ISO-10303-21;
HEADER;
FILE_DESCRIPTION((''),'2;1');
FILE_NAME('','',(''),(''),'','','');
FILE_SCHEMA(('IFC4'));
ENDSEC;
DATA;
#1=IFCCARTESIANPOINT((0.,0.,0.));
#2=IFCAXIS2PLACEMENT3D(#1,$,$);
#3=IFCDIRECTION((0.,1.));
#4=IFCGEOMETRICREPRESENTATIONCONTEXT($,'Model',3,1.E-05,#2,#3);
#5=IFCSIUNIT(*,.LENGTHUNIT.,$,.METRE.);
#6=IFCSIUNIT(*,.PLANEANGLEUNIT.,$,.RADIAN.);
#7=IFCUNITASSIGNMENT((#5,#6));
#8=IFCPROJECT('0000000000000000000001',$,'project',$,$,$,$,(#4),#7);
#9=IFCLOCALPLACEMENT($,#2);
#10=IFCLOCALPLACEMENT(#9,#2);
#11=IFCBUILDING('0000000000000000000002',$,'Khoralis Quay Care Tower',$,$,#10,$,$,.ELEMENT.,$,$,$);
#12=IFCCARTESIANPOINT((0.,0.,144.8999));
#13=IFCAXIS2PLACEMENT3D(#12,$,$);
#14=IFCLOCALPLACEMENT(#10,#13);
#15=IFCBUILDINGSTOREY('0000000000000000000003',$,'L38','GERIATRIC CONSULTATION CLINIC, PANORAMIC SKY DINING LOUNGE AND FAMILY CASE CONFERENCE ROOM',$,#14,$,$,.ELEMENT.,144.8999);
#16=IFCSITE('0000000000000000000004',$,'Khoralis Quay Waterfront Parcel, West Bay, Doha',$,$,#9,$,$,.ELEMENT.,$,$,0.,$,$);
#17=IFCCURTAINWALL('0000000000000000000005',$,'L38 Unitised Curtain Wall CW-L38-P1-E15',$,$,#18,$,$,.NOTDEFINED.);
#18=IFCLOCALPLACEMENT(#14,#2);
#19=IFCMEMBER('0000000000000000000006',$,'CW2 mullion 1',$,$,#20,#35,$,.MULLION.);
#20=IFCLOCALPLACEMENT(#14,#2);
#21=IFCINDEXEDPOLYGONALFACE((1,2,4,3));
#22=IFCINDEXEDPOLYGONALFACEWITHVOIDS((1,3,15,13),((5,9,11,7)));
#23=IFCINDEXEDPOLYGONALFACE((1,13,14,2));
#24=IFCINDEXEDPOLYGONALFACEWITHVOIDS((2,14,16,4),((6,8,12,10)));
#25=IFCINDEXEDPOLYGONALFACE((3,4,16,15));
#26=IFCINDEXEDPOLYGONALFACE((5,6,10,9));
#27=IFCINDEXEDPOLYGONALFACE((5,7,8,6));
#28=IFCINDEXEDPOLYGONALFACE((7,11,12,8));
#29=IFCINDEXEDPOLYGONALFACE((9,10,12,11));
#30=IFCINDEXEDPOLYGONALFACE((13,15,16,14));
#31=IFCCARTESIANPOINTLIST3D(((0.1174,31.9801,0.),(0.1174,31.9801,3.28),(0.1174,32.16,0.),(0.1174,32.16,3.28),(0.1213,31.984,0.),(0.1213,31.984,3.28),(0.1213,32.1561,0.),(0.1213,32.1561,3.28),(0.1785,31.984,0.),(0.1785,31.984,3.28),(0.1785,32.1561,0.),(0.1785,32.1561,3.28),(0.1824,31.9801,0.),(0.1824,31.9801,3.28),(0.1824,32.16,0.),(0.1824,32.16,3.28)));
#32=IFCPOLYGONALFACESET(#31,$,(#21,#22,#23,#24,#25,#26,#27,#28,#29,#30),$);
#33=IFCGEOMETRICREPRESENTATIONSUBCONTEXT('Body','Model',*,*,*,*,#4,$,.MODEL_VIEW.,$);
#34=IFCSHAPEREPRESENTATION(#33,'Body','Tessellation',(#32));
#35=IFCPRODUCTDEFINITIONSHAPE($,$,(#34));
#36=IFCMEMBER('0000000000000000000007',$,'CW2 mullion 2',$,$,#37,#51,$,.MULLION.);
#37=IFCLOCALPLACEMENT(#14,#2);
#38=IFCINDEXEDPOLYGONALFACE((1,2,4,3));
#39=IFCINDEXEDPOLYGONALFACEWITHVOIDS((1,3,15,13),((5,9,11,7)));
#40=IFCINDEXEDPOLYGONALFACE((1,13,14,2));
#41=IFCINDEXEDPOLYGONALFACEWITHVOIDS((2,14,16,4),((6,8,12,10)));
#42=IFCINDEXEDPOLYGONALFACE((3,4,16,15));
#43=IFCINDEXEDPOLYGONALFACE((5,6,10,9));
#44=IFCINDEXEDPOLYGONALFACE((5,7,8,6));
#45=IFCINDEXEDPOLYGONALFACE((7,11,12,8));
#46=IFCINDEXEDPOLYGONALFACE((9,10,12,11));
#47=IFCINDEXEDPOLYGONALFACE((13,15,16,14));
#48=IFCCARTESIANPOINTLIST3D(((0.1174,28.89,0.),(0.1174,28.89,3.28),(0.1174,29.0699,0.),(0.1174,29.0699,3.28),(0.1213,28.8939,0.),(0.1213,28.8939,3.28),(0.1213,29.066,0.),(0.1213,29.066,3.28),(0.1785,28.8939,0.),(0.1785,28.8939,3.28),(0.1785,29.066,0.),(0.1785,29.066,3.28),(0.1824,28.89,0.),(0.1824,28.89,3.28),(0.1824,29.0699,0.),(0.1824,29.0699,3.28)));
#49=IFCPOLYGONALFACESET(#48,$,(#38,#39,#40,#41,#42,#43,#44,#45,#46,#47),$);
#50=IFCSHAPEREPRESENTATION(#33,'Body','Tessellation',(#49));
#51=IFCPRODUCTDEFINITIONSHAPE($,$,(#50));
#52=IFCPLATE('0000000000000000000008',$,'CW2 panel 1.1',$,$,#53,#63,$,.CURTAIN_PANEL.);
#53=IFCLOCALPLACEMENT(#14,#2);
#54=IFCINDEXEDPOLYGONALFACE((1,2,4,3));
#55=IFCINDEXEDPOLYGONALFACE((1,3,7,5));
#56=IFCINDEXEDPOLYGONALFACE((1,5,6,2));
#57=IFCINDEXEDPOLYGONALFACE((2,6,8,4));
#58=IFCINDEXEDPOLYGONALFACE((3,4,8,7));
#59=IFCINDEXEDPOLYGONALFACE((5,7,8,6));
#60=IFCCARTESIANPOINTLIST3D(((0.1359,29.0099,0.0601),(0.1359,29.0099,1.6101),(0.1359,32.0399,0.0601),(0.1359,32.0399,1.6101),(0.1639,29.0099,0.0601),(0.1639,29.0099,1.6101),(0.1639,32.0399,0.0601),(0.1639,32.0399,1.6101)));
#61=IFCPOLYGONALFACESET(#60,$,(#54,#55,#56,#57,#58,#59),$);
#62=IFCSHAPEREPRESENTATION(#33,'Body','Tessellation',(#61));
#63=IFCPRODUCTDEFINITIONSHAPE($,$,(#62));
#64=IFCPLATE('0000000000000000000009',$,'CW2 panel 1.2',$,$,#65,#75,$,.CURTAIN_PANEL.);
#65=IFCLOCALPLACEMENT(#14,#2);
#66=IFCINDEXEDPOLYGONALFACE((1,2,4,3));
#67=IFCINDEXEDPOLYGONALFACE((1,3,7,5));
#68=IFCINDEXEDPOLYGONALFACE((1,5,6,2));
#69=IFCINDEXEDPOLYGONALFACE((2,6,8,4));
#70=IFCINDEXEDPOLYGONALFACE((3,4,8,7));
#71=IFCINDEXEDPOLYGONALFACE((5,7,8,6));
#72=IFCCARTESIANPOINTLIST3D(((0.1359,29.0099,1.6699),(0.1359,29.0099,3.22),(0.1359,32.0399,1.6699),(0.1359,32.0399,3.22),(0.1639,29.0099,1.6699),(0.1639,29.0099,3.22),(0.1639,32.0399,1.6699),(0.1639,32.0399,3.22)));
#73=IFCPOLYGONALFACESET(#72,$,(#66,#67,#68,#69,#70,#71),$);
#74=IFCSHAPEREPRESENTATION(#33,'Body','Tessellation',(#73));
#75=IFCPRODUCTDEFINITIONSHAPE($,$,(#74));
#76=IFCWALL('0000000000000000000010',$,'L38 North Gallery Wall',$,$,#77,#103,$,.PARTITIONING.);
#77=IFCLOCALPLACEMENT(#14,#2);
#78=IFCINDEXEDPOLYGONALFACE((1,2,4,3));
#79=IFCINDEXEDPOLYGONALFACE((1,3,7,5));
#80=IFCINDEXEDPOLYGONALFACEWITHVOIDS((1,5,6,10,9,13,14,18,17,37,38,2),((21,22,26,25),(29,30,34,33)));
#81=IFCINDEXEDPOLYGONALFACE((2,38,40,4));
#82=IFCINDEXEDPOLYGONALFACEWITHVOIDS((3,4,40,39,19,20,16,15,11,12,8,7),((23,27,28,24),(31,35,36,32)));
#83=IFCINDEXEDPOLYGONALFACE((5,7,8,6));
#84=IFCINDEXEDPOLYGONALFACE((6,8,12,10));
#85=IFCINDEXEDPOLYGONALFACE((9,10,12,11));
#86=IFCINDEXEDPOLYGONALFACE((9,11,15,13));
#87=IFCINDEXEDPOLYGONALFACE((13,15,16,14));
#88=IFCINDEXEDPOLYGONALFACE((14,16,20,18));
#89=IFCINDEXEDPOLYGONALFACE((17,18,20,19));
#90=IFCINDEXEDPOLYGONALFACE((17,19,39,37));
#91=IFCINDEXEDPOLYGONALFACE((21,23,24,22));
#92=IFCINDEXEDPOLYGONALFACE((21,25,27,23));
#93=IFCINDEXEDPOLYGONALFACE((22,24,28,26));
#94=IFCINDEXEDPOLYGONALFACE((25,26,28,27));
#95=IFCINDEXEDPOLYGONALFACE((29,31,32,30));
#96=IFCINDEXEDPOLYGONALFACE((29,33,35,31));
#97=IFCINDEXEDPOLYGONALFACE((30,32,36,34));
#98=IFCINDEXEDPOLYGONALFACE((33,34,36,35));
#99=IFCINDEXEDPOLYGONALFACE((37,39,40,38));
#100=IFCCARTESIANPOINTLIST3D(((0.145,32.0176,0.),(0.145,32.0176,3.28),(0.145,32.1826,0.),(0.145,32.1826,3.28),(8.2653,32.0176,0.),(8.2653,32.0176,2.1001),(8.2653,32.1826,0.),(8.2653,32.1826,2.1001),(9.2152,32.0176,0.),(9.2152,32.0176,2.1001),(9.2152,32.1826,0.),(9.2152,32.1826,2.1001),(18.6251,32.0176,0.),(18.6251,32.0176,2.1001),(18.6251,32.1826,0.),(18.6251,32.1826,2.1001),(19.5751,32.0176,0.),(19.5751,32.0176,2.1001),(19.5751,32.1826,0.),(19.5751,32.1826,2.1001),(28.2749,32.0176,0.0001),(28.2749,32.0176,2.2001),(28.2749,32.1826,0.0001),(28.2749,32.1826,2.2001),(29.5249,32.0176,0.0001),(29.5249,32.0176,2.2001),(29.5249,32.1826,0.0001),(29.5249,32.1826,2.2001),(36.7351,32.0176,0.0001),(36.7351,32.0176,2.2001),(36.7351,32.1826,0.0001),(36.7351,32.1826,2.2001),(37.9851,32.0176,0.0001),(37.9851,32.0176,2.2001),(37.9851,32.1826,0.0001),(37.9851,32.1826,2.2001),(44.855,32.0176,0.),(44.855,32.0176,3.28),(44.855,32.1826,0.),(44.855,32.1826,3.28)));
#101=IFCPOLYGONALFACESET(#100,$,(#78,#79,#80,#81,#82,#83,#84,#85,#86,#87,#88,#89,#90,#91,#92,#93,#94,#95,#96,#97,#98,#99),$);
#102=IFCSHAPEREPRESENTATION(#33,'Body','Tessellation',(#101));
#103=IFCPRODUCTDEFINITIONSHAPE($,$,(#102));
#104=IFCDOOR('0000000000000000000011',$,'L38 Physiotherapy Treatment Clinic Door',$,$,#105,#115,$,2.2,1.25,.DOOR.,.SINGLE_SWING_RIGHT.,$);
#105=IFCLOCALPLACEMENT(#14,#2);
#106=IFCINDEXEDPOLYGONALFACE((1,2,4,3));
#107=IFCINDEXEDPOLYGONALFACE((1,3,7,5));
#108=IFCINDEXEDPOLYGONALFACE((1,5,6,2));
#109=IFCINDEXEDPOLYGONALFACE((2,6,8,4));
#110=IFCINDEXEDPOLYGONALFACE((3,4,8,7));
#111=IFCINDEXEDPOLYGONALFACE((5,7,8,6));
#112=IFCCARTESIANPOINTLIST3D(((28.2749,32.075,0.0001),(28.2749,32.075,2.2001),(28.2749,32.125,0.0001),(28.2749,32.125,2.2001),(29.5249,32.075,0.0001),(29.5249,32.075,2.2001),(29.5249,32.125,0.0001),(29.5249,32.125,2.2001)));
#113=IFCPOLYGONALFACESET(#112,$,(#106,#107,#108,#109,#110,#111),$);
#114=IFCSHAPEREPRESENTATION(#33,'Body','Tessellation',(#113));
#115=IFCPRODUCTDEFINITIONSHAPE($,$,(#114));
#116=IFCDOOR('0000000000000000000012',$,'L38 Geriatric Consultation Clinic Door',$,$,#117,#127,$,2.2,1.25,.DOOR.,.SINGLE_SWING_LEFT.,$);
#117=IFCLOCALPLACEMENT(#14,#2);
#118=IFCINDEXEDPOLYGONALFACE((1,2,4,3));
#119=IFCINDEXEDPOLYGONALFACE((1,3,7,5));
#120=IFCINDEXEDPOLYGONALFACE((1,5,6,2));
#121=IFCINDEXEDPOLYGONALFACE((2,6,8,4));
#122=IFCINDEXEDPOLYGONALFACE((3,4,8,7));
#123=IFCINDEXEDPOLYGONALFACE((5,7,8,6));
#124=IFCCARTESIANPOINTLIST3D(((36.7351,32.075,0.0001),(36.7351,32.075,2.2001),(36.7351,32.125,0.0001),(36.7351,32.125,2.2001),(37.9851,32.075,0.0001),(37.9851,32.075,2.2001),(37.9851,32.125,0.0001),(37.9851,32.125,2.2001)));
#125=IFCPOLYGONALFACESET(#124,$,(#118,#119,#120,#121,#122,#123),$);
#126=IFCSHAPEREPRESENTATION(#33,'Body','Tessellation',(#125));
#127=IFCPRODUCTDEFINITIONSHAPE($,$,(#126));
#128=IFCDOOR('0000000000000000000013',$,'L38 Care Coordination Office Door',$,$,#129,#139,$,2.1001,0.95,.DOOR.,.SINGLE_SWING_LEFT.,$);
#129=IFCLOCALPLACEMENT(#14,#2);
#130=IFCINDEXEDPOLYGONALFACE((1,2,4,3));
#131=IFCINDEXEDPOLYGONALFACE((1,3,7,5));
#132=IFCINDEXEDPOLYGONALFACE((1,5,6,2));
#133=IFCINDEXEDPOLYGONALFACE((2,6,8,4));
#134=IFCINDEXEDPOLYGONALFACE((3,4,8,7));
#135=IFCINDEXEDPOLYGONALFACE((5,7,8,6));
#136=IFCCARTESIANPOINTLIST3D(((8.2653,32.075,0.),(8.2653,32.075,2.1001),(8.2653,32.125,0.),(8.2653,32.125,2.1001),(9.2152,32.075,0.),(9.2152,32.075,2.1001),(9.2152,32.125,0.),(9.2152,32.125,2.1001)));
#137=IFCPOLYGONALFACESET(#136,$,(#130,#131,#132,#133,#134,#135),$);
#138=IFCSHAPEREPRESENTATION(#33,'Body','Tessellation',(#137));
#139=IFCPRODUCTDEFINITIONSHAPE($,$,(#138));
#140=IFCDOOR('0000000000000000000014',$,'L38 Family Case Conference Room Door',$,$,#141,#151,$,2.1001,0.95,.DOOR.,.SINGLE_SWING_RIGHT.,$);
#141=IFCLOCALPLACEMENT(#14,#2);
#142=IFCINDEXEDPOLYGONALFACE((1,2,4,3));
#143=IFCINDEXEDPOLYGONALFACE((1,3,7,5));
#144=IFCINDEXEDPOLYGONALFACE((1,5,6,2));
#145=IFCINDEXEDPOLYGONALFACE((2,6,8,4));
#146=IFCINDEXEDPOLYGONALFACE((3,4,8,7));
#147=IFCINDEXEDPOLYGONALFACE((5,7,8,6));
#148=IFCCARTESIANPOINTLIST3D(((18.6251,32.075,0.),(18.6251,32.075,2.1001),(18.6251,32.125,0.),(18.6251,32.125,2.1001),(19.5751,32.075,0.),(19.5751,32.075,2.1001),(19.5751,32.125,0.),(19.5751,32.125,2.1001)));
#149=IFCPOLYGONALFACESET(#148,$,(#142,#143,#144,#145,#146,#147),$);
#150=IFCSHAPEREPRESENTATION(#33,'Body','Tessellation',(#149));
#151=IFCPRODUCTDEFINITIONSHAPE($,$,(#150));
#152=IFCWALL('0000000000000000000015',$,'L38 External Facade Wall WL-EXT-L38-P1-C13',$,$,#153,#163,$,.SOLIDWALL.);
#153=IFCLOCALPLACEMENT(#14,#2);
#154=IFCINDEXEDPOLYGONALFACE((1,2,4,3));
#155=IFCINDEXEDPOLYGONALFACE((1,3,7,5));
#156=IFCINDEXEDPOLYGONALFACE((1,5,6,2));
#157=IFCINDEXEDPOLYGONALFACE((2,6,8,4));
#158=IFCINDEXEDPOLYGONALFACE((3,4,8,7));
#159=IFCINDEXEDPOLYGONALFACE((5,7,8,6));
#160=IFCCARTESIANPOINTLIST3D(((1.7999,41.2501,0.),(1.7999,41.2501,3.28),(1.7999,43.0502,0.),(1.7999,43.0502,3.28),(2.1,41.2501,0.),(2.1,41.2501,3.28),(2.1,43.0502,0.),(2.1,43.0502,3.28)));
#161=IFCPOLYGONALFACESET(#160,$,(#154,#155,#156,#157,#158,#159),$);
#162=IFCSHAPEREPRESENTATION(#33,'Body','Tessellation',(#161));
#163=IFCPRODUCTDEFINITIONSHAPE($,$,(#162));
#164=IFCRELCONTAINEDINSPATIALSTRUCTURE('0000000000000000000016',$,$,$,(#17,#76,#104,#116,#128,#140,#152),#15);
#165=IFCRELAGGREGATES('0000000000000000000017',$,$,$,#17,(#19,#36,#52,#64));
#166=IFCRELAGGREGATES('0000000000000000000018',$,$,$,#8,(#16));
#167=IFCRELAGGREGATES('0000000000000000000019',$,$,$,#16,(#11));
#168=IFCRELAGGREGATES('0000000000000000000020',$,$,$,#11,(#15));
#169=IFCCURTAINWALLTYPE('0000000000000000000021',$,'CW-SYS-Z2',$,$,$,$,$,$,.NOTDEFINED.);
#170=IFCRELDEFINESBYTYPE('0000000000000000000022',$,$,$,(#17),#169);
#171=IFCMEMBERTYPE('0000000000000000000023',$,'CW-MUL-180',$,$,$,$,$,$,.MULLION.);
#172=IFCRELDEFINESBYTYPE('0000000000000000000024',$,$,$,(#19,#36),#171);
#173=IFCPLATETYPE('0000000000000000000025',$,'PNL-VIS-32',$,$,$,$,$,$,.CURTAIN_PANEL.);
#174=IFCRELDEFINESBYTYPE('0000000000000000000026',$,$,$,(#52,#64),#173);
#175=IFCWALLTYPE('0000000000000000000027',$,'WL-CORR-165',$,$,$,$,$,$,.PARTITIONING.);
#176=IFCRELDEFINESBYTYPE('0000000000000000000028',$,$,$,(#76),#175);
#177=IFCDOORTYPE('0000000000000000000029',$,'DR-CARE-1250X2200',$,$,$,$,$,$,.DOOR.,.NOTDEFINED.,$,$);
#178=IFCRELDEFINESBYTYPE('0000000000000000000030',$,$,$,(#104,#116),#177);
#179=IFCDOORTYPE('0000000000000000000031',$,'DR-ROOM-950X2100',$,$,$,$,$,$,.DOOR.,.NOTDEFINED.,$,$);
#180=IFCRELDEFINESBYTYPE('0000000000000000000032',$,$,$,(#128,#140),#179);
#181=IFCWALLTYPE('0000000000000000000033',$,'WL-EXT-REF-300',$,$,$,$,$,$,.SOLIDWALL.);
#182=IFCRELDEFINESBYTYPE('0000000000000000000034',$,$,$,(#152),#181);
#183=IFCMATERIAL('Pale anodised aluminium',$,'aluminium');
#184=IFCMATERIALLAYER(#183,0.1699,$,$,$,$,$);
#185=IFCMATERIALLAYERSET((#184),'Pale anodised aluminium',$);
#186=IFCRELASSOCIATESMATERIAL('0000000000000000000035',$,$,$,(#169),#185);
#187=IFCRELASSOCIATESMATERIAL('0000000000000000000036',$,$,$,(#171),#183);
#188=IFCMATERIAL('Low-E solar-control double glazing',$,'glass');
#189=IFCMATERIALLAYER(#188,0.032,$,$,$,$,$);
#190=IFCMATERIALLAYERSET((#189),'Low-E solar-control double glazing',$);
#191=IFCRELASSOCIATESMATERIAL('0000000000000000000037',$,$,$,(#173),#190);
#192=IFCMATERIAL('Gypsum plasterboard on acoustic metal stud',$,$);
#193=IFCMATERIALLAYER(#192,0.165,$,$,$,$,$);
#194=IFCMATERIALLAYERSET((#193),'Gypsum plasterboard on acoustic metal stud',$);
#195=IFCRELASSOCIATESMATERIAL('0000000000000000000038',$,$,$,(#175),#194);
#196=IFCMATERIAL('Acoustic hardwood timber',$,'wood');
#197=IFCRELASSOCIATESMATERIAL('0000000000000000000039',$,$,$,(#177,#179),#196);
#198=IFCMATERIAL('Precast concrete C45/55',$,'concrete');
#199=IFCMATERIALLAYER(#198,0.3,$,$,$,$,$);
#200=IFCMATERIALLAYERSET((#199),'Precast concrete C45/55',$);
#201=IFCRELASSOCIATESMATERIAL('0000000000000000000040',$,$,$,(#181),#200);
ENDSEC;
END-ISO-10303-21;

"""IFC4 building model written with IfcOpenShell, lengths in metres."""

from ifc_helpers import new_model, si_unit, direction, frame, frame_2d, origin, origin_2d, place, context, subcontext, project, spatial, rectangle, hollow_rectangle, extrude, source, transform, mapped, material, layer, layer_set, material_profile, profile_set, type_object, element, fill, aggregate, save


model = new_model("IFC4")

# Units and contexts
model_context = context("Model", 3, precision=1e-05, world=origin(), true_north=direction((0.0, 1.0)))
body_context = subcontext(model_context, "Body", "Model", "MODEL_VIEW")
ifc_project = project(units=[si_unit("LENGTHUNIT", "METRE"), si_unit("PLANEANGLEUNIT", "RADIAN")], contexts=[model_context])

# Site, building, storey
site_placement = place(None, origin())
site = spatial("IfcSite", under=ifc_project, at=site_placement, Name="Khoralis Quay Waterfront Parcel, West Bay, Doha", CompositionType="ELEMENT", RefElevation=0.0)
building_placement = place(site_placement, origin())
building = spatial("IfcBuilding", under=site, at=building_placement, Name="Khoralis Quay Care Tower", CompositionType="ELEMENT")
storey_placement = place(building_placement, frame((0.0, 0.0, 144.8999)))
storey = spatial("IfcBuildingStorey", under=building, at=storey_placement, Name="L38", Description="GERIATRIC CONSULTATION CLINIC, PANORAMIC SKY DINING LOUNGE AND FAMILY CASE CONFERENCE ROOM", CompositionType="ELEMENT", Elevation=144.8999)

# Curtain wall, members, plates
ifc_material_1 = material(Name="Pale anodised aluminium", Category="aluminium")
ifc_layer_1 = layer(ifc_material_1, 0.1699)
ifc_layer_set_1 = layer_set([ifc_layer_1], Name="Pale anodised aluminium")
curtain_wall_type = type_object("IfcCurtainWallType", Name="CW-SYS-Z2", PredefinedType="NOTDEFINED", material=ifc_layer_set_1)
curtain_wall_placement = place(storey_placement, origin())
curtain_wall = element("IfcCurtainWall", 1, at=curtain_wall_placement, inside=storey, type_object=curtain_wall_type, Name="L38 Unitised Curtain Wall CW-L38-P1-E15", PredefinedType="NOTDEFINED")
ifc_material_profile_1 = material_profile(ifc_material_1, hollow_rectangle(XDim=0.0649, YDim=0.1799, WallThickness=0.0039, at=origin_2d()), Name="Pale anodised aluminium")
ifc_profile_set_1 = profile_set([ifc_material_profile_1], Name="Pale anodised aluminium")
member_type_1 = type_object("IfcMemberType", Name="CW-MUL-180", PredefinedType="MULLION", material=ifc_profile_set_1)
shared_shape_1 = source(origin(), body_context, "Body", "SweptSolid", [
    extrude(hollow_rectangle(XDim=0.0649, YDim=0.1799, WallThickness=0.0039, at=origin_2d()), origin(), (0.0, 0.0, 1.0), 3.28),
])
member_1_placement = place(storey_placement, frame((0.1499, 32.0701, 0.0), z_axis=(0.0, 0.0, 1.0), x_axis=(1.0, 0.0, 0.0)))
member_1 = element("IfcMember", 2, at=member_1_placement, type_object=member_type_1, Name="CW2 mullion 1", PredefinedType="MULLION", context=body_context, shape_type="MappedRepresentation", body=[
    mapped(shared_shape_1, transform((0.0, 0.0, 0.0), scale=1.0)),
])
member_2_placement = place(storey_placement, frame((0.1499, 28.98, 0.0), z_axis=(0.0, 0.0, 1.0), x_axis=(1.0, 0.0, 0.0)))
member_2 = element("IfcMember", 3, at=member_2_placement, type_object=member_type_1, Name="CW2 mullion 2", PredefinedType="MULLION", context=body_context, shape_type="MappedRepresentation", body=[
    mapped(shared_shape_1, transform((0.0, 0.0, 0.0), scale=1.0)),
])
ifc_material_2 = material(Name="Low-E solar-control double glazing", Category="glass")
ifc_layer_2 = layer(ifc_material_2, 0.032)
ifc_layer_set_2 = layer_set([ifc_layer_2], Name="Low-E solar-control double glazing")
plate_type = type_object("IfcPlateType", Name="PNL-VIS-32", PredefinedType="CURTAIN_PANEL", material=ifc_layer_set_2)
shared_shape_2 = source(origin(), body_context, "Body", "SweptSolid", [
    extrude(rectangle(XDim=3.03, YDim=0.0281, at=origin_2d()), origin(), (0.0, 0.0, 1.0), 1.55),
])
plate_1_placement = place(storey_placement, frame((0.1499, 30.5249, 0.0601), z_axis=(0.0, 0.0, 1.0), x_axis=(0.0, -1.0, 0.0)))
plate_1 = element("IfcPlate", 4, at=plate_1_placement, type_object=plate_type, Name="CW2 panel 1.1", PredefinedType="CURTAIN_PANEL", context=body_context, shape_type="MappedRepresentation", body=[
    mapped(shared_shape_2, transform((0.0, 0.0, 0.0), scale=1.0)),
])
plate_2_placement = place(storey_placement, frame((0.1499, 30.5249, 1.6699), z_axis=(0.0, 0.0, 1.0), x_axis=(0.0, -1.0, 0.0)))
plate_2 = element("IfcPlate", 5, at=plate_2_placement, type_object=plate_type, Name="CW2 panel 1.2", PredefinedType="CURTAIN_PANEL", context=body_context, shape_type="MappedRepresentation", body=[
    mapped(shared_shape_2, transform((0.0, 0.0, 0.0), scale=1.0)),
])
aggregate(curtain_wall, [member_1, member_2, plate_1, plate_2])

# Wall, openings, doors
ifc_material_3 = material(Name="Gypsum plasterboard on acoustic metal stud")
ifc_layer_3 = layer(ifc_material_3, 0.165)
ifc_layer_set_3 = layer_set([ifc_layer_3], Name="Gypsum plasterboard on acoustic metal stud")
wall_type_1 = type_object("IfcWallType", Name="WL-CORR-165", PredefinedType="PARTITIONING", material=ifc_layer_set_3)
wall_1_placement = place(storey_placement, frame((0.145, 32.1001, 0.0), z_axis=(0.0, 0.0, 1.0), x_axis=(1.0, 0.0, 0.0)))
wall_1 = element("IfcWall", 6, at=wall_1_placement, inside=storey, type_object=wall_type_1, Name="L38 North Gallery Wall", PredefinedType="PARTITIONING", context=body_context, shape_type="SweptSolid", body=[
    extrude(rectangle(XDim=44.71, YDim=0.165, at=frame_2d((22.355, 0.0))), origin(), (0.0, 0.0, 1.0), 3.28),
])
opening_1_placement = place(wall_1_placement, frame((8.1201, 0.0, 0.0)))
opening_1 = element("IfcOpeningElement", 7, at=opening_1_placement, cuts=wall_1, PredefinedType="OPENING", context=body_context, shape_type="SweptSolid", body=[
    extrude(rectangle(XDim=0.95, YDim=2.1001, at=frame_2d((0.4751, 1.05))), frame((0.0, 0.0925, 0.0), z_axis=(0.0, -1.0, 0.0), x_axis=(1.0, 0.0, 0.0)), (0.0, 0.0, 1.0), 0.1851),
])
opening_2_placement = place(wall_1_placement, frame((18.48, 0.0, 0.0)))
opening_2 = element("IfcOpeningElement", 8, at=opening_2_placement, cuts=wall_1, PredefinedType="OPENING", context=body_context, shape_type="SweptSolid", body=[
    extrude(rectangle(XDim=0.95, YDim=2.1001, at=frame_2d((0.4751, 1.05))), frame((0.0, 0.0925, 0.0), z_axis=(0.0, -1.0, 0.0), x_axis=(1.0, 0.0, 0.0)), (0.0, 0.0, 1.0), 0.1851),
])
opening_3_placement = place(wall_1_placement, frame((28.1299, 0.0, 0.0)))
opening_3 = element("IfcOpeningElement", 9, at=opening_3_placement, cuts=wall_1, PredefinedType="OPENING", context=body_context, shape_type="SweptSolid", body=[
    extrude(rectangle(XDim=1.25, YDim=2.2, at=frame_2d((0.625, 1.1001))), frame((0.0, 0.0925, 0.0), z_axis=(0.0, -1.0, 0.0), x_axis=(1.0, 0.0, 0.0)), (0.0, 0.0, 1.0), 0.1851),
])
opening_4_placement = place(wall_1_placement, frame((36.5901, 0.0, 0.0)))
opening_4 = element("IfcOpeningElement", 10, at=opening_4_placement, cuts=wall_1, PredefinedType="OPENING", context=body_context, shape_type="SweptSolid", body=[
    extrude(rectangle(XDim=1.25, YDim=2.2, at=frame_2d((0.625, 1.1001))), frame((0.0, 0.0925, 0.0), z_axis=(0.0, -1.0, 0.0), x_axis=(1.0, 0.0, 0.0)), (0.0, 0.0, 1.0), 0.1851),
])
ifc_material_4 = material(Name="Acoustic hardwood timber", Category="wood")
door_type_1 = type_object("IfcDoorType", Name="DR-CARE-1250X2200", OperationType="NOTDEFINED", PredefinedType="DOOR", material=ifc_material_4)
shared_shape_3 = source(origin(), body_context, "Body", "SweptSolid", [
    extrude(rectangle(XDim=1.25, YDim=2.2, at=frame_2d((0.625, 1.1001))), frame((0.0, 0.0249, 0.0), z_axis=(0.0, -1.0, 0.0), x_axis=(1.0, 0.0, 0.0)), (0.0, 0.0, 1.0), 0.05),
])
door_1_placement = place(opening_3_placement, origin())
door_1 = element("IfcDoor", 11, at=door_1_placement, inside=storey, type_object=door_type_1, Name="L38 Physiotherapy Treatment Clinic Door", OperationType="SINGLE_SWING_RIGHT", OverallHeight=2.2, OverallWidth=1.25, PredefinedType="DOOR", context=body_context, shape_type="MappedRepresentation", body=[
    mapped(shared_shape_3, transform((0.0, 0.0, 0.0), scale=1.0)),
])
fill(opening_3, door_1)
door_2_placement = place(opening_4_placement, origin())
door_2 = element("IfcDoor", 12, at=door_2_placement, inside=storey, type_object=door_type_1, Name="L38 Geriatric Consultation Clinic Door", OperationType="SINGLE_SWING_LEFT", OverallHeight=2.2, OverallWidth=1.25, PredefinedType="DOOR", context=body_context, shape_type="MappedRepresentation", body=[
    mapped(shared_shape_3, transform((0.0, 0.0, 0.0), scale=1.0)),
])
fill(opening_4, door_2)
door_type_2 = type_object("IfcDoorType", Name="DR-ROOM-950X2100", OperationType="NOTDEFINED", PredefinedType="DOOR", material=ifc_material_4)
shared_shape_4 = source(origin(), body_context, "Body", "SweptSolid", [
    extrude(rectangle(XDim=0.95, YDim=2.1001, at=frame_2d((0.4751, 1.05))), frame((0.0, 0.0249, 0.0), z_axis=(0.0, -1.0, 0.0), x_axis=(1.0, 0.0, 0.0)), (0.0, 0.0, 1.0), 0.05),
])
door_3_placement = place(opening_1_placement, origin())
door_3 = element("IfcDoor", 13, at=door_3_placement, inside=storey, type_object=door_type_2, Name="L38 Care Coordination Office Door", OperationType="SINGLE_SWING_LEFT", OverallHeight=2.1001, OverallWidth=0.95, PredefinedType="DOOR", context=body_context, shape_type="MappedRepresentation", body=[
    mapped(shared_shape_4, transform((0.0, 0.0, 0.0), scale=1.0)),
])
fill(opening_1, door_3)
door_4_placement = place(opening_2_placement, origin())
door_4 = element("IfcDoor", 14, at=door_4_placement, inside=storey, type_object=door_type_2, Name="L38 Family Case Conference Room Door", OperationType="SINGLE_SWING_RIGHT", OverallHeight=2.1001, OverallWidth=0.95, PredefinedType="DOOR", context=body_context, shape_type="MappedRepresentation", body=[
    mapped(shared_shape_4, transform((0.0, 0.0, 0.0), scale=1.0)),
])
fill(opening_2, door_4)

# Wall
ifc_material_5 = material(Name="Precast concrete C45/55", Category="concrete")
ifc_layer_4 = layer(ifc_material_5, 0.3)
ifc_layer_set_4 = layer_set([ifc_layer_4], Name="Precast concrete C45/55")
wall_type_2 = type_object("IfcWallType", Name="WL-EXT-REF-300", PredefinedType="SOLIDWALL", material=ifc_layer_set_4)
for number, where, z_axis, x_axis, name in (
    (15, (1.95, 43.05, 0.0), (0.0, 0.0, 1.0), (0.0, -1.0, 0.0), "L38 External Facade Wall WL-EXT-L38-P1-C13"),
):
    element("IfcWall", number, at=place(storey_placement, frame(where, z_axis=z_axis, x_axis=x_axis)), inside=storey, type_object=wall_type_2, Name=name, PredefinedType="SOLIDWALL", context=body_context, shape_type="SweptSolid", body=[
        extrude(rectangle(XDim=1.8, YDim=0.3, at=frame_2d((0.8999, 0.0))), origin(), (0.0, 0.0, 1.0), 3.28),
    ])

save(model, "model.ifc")
